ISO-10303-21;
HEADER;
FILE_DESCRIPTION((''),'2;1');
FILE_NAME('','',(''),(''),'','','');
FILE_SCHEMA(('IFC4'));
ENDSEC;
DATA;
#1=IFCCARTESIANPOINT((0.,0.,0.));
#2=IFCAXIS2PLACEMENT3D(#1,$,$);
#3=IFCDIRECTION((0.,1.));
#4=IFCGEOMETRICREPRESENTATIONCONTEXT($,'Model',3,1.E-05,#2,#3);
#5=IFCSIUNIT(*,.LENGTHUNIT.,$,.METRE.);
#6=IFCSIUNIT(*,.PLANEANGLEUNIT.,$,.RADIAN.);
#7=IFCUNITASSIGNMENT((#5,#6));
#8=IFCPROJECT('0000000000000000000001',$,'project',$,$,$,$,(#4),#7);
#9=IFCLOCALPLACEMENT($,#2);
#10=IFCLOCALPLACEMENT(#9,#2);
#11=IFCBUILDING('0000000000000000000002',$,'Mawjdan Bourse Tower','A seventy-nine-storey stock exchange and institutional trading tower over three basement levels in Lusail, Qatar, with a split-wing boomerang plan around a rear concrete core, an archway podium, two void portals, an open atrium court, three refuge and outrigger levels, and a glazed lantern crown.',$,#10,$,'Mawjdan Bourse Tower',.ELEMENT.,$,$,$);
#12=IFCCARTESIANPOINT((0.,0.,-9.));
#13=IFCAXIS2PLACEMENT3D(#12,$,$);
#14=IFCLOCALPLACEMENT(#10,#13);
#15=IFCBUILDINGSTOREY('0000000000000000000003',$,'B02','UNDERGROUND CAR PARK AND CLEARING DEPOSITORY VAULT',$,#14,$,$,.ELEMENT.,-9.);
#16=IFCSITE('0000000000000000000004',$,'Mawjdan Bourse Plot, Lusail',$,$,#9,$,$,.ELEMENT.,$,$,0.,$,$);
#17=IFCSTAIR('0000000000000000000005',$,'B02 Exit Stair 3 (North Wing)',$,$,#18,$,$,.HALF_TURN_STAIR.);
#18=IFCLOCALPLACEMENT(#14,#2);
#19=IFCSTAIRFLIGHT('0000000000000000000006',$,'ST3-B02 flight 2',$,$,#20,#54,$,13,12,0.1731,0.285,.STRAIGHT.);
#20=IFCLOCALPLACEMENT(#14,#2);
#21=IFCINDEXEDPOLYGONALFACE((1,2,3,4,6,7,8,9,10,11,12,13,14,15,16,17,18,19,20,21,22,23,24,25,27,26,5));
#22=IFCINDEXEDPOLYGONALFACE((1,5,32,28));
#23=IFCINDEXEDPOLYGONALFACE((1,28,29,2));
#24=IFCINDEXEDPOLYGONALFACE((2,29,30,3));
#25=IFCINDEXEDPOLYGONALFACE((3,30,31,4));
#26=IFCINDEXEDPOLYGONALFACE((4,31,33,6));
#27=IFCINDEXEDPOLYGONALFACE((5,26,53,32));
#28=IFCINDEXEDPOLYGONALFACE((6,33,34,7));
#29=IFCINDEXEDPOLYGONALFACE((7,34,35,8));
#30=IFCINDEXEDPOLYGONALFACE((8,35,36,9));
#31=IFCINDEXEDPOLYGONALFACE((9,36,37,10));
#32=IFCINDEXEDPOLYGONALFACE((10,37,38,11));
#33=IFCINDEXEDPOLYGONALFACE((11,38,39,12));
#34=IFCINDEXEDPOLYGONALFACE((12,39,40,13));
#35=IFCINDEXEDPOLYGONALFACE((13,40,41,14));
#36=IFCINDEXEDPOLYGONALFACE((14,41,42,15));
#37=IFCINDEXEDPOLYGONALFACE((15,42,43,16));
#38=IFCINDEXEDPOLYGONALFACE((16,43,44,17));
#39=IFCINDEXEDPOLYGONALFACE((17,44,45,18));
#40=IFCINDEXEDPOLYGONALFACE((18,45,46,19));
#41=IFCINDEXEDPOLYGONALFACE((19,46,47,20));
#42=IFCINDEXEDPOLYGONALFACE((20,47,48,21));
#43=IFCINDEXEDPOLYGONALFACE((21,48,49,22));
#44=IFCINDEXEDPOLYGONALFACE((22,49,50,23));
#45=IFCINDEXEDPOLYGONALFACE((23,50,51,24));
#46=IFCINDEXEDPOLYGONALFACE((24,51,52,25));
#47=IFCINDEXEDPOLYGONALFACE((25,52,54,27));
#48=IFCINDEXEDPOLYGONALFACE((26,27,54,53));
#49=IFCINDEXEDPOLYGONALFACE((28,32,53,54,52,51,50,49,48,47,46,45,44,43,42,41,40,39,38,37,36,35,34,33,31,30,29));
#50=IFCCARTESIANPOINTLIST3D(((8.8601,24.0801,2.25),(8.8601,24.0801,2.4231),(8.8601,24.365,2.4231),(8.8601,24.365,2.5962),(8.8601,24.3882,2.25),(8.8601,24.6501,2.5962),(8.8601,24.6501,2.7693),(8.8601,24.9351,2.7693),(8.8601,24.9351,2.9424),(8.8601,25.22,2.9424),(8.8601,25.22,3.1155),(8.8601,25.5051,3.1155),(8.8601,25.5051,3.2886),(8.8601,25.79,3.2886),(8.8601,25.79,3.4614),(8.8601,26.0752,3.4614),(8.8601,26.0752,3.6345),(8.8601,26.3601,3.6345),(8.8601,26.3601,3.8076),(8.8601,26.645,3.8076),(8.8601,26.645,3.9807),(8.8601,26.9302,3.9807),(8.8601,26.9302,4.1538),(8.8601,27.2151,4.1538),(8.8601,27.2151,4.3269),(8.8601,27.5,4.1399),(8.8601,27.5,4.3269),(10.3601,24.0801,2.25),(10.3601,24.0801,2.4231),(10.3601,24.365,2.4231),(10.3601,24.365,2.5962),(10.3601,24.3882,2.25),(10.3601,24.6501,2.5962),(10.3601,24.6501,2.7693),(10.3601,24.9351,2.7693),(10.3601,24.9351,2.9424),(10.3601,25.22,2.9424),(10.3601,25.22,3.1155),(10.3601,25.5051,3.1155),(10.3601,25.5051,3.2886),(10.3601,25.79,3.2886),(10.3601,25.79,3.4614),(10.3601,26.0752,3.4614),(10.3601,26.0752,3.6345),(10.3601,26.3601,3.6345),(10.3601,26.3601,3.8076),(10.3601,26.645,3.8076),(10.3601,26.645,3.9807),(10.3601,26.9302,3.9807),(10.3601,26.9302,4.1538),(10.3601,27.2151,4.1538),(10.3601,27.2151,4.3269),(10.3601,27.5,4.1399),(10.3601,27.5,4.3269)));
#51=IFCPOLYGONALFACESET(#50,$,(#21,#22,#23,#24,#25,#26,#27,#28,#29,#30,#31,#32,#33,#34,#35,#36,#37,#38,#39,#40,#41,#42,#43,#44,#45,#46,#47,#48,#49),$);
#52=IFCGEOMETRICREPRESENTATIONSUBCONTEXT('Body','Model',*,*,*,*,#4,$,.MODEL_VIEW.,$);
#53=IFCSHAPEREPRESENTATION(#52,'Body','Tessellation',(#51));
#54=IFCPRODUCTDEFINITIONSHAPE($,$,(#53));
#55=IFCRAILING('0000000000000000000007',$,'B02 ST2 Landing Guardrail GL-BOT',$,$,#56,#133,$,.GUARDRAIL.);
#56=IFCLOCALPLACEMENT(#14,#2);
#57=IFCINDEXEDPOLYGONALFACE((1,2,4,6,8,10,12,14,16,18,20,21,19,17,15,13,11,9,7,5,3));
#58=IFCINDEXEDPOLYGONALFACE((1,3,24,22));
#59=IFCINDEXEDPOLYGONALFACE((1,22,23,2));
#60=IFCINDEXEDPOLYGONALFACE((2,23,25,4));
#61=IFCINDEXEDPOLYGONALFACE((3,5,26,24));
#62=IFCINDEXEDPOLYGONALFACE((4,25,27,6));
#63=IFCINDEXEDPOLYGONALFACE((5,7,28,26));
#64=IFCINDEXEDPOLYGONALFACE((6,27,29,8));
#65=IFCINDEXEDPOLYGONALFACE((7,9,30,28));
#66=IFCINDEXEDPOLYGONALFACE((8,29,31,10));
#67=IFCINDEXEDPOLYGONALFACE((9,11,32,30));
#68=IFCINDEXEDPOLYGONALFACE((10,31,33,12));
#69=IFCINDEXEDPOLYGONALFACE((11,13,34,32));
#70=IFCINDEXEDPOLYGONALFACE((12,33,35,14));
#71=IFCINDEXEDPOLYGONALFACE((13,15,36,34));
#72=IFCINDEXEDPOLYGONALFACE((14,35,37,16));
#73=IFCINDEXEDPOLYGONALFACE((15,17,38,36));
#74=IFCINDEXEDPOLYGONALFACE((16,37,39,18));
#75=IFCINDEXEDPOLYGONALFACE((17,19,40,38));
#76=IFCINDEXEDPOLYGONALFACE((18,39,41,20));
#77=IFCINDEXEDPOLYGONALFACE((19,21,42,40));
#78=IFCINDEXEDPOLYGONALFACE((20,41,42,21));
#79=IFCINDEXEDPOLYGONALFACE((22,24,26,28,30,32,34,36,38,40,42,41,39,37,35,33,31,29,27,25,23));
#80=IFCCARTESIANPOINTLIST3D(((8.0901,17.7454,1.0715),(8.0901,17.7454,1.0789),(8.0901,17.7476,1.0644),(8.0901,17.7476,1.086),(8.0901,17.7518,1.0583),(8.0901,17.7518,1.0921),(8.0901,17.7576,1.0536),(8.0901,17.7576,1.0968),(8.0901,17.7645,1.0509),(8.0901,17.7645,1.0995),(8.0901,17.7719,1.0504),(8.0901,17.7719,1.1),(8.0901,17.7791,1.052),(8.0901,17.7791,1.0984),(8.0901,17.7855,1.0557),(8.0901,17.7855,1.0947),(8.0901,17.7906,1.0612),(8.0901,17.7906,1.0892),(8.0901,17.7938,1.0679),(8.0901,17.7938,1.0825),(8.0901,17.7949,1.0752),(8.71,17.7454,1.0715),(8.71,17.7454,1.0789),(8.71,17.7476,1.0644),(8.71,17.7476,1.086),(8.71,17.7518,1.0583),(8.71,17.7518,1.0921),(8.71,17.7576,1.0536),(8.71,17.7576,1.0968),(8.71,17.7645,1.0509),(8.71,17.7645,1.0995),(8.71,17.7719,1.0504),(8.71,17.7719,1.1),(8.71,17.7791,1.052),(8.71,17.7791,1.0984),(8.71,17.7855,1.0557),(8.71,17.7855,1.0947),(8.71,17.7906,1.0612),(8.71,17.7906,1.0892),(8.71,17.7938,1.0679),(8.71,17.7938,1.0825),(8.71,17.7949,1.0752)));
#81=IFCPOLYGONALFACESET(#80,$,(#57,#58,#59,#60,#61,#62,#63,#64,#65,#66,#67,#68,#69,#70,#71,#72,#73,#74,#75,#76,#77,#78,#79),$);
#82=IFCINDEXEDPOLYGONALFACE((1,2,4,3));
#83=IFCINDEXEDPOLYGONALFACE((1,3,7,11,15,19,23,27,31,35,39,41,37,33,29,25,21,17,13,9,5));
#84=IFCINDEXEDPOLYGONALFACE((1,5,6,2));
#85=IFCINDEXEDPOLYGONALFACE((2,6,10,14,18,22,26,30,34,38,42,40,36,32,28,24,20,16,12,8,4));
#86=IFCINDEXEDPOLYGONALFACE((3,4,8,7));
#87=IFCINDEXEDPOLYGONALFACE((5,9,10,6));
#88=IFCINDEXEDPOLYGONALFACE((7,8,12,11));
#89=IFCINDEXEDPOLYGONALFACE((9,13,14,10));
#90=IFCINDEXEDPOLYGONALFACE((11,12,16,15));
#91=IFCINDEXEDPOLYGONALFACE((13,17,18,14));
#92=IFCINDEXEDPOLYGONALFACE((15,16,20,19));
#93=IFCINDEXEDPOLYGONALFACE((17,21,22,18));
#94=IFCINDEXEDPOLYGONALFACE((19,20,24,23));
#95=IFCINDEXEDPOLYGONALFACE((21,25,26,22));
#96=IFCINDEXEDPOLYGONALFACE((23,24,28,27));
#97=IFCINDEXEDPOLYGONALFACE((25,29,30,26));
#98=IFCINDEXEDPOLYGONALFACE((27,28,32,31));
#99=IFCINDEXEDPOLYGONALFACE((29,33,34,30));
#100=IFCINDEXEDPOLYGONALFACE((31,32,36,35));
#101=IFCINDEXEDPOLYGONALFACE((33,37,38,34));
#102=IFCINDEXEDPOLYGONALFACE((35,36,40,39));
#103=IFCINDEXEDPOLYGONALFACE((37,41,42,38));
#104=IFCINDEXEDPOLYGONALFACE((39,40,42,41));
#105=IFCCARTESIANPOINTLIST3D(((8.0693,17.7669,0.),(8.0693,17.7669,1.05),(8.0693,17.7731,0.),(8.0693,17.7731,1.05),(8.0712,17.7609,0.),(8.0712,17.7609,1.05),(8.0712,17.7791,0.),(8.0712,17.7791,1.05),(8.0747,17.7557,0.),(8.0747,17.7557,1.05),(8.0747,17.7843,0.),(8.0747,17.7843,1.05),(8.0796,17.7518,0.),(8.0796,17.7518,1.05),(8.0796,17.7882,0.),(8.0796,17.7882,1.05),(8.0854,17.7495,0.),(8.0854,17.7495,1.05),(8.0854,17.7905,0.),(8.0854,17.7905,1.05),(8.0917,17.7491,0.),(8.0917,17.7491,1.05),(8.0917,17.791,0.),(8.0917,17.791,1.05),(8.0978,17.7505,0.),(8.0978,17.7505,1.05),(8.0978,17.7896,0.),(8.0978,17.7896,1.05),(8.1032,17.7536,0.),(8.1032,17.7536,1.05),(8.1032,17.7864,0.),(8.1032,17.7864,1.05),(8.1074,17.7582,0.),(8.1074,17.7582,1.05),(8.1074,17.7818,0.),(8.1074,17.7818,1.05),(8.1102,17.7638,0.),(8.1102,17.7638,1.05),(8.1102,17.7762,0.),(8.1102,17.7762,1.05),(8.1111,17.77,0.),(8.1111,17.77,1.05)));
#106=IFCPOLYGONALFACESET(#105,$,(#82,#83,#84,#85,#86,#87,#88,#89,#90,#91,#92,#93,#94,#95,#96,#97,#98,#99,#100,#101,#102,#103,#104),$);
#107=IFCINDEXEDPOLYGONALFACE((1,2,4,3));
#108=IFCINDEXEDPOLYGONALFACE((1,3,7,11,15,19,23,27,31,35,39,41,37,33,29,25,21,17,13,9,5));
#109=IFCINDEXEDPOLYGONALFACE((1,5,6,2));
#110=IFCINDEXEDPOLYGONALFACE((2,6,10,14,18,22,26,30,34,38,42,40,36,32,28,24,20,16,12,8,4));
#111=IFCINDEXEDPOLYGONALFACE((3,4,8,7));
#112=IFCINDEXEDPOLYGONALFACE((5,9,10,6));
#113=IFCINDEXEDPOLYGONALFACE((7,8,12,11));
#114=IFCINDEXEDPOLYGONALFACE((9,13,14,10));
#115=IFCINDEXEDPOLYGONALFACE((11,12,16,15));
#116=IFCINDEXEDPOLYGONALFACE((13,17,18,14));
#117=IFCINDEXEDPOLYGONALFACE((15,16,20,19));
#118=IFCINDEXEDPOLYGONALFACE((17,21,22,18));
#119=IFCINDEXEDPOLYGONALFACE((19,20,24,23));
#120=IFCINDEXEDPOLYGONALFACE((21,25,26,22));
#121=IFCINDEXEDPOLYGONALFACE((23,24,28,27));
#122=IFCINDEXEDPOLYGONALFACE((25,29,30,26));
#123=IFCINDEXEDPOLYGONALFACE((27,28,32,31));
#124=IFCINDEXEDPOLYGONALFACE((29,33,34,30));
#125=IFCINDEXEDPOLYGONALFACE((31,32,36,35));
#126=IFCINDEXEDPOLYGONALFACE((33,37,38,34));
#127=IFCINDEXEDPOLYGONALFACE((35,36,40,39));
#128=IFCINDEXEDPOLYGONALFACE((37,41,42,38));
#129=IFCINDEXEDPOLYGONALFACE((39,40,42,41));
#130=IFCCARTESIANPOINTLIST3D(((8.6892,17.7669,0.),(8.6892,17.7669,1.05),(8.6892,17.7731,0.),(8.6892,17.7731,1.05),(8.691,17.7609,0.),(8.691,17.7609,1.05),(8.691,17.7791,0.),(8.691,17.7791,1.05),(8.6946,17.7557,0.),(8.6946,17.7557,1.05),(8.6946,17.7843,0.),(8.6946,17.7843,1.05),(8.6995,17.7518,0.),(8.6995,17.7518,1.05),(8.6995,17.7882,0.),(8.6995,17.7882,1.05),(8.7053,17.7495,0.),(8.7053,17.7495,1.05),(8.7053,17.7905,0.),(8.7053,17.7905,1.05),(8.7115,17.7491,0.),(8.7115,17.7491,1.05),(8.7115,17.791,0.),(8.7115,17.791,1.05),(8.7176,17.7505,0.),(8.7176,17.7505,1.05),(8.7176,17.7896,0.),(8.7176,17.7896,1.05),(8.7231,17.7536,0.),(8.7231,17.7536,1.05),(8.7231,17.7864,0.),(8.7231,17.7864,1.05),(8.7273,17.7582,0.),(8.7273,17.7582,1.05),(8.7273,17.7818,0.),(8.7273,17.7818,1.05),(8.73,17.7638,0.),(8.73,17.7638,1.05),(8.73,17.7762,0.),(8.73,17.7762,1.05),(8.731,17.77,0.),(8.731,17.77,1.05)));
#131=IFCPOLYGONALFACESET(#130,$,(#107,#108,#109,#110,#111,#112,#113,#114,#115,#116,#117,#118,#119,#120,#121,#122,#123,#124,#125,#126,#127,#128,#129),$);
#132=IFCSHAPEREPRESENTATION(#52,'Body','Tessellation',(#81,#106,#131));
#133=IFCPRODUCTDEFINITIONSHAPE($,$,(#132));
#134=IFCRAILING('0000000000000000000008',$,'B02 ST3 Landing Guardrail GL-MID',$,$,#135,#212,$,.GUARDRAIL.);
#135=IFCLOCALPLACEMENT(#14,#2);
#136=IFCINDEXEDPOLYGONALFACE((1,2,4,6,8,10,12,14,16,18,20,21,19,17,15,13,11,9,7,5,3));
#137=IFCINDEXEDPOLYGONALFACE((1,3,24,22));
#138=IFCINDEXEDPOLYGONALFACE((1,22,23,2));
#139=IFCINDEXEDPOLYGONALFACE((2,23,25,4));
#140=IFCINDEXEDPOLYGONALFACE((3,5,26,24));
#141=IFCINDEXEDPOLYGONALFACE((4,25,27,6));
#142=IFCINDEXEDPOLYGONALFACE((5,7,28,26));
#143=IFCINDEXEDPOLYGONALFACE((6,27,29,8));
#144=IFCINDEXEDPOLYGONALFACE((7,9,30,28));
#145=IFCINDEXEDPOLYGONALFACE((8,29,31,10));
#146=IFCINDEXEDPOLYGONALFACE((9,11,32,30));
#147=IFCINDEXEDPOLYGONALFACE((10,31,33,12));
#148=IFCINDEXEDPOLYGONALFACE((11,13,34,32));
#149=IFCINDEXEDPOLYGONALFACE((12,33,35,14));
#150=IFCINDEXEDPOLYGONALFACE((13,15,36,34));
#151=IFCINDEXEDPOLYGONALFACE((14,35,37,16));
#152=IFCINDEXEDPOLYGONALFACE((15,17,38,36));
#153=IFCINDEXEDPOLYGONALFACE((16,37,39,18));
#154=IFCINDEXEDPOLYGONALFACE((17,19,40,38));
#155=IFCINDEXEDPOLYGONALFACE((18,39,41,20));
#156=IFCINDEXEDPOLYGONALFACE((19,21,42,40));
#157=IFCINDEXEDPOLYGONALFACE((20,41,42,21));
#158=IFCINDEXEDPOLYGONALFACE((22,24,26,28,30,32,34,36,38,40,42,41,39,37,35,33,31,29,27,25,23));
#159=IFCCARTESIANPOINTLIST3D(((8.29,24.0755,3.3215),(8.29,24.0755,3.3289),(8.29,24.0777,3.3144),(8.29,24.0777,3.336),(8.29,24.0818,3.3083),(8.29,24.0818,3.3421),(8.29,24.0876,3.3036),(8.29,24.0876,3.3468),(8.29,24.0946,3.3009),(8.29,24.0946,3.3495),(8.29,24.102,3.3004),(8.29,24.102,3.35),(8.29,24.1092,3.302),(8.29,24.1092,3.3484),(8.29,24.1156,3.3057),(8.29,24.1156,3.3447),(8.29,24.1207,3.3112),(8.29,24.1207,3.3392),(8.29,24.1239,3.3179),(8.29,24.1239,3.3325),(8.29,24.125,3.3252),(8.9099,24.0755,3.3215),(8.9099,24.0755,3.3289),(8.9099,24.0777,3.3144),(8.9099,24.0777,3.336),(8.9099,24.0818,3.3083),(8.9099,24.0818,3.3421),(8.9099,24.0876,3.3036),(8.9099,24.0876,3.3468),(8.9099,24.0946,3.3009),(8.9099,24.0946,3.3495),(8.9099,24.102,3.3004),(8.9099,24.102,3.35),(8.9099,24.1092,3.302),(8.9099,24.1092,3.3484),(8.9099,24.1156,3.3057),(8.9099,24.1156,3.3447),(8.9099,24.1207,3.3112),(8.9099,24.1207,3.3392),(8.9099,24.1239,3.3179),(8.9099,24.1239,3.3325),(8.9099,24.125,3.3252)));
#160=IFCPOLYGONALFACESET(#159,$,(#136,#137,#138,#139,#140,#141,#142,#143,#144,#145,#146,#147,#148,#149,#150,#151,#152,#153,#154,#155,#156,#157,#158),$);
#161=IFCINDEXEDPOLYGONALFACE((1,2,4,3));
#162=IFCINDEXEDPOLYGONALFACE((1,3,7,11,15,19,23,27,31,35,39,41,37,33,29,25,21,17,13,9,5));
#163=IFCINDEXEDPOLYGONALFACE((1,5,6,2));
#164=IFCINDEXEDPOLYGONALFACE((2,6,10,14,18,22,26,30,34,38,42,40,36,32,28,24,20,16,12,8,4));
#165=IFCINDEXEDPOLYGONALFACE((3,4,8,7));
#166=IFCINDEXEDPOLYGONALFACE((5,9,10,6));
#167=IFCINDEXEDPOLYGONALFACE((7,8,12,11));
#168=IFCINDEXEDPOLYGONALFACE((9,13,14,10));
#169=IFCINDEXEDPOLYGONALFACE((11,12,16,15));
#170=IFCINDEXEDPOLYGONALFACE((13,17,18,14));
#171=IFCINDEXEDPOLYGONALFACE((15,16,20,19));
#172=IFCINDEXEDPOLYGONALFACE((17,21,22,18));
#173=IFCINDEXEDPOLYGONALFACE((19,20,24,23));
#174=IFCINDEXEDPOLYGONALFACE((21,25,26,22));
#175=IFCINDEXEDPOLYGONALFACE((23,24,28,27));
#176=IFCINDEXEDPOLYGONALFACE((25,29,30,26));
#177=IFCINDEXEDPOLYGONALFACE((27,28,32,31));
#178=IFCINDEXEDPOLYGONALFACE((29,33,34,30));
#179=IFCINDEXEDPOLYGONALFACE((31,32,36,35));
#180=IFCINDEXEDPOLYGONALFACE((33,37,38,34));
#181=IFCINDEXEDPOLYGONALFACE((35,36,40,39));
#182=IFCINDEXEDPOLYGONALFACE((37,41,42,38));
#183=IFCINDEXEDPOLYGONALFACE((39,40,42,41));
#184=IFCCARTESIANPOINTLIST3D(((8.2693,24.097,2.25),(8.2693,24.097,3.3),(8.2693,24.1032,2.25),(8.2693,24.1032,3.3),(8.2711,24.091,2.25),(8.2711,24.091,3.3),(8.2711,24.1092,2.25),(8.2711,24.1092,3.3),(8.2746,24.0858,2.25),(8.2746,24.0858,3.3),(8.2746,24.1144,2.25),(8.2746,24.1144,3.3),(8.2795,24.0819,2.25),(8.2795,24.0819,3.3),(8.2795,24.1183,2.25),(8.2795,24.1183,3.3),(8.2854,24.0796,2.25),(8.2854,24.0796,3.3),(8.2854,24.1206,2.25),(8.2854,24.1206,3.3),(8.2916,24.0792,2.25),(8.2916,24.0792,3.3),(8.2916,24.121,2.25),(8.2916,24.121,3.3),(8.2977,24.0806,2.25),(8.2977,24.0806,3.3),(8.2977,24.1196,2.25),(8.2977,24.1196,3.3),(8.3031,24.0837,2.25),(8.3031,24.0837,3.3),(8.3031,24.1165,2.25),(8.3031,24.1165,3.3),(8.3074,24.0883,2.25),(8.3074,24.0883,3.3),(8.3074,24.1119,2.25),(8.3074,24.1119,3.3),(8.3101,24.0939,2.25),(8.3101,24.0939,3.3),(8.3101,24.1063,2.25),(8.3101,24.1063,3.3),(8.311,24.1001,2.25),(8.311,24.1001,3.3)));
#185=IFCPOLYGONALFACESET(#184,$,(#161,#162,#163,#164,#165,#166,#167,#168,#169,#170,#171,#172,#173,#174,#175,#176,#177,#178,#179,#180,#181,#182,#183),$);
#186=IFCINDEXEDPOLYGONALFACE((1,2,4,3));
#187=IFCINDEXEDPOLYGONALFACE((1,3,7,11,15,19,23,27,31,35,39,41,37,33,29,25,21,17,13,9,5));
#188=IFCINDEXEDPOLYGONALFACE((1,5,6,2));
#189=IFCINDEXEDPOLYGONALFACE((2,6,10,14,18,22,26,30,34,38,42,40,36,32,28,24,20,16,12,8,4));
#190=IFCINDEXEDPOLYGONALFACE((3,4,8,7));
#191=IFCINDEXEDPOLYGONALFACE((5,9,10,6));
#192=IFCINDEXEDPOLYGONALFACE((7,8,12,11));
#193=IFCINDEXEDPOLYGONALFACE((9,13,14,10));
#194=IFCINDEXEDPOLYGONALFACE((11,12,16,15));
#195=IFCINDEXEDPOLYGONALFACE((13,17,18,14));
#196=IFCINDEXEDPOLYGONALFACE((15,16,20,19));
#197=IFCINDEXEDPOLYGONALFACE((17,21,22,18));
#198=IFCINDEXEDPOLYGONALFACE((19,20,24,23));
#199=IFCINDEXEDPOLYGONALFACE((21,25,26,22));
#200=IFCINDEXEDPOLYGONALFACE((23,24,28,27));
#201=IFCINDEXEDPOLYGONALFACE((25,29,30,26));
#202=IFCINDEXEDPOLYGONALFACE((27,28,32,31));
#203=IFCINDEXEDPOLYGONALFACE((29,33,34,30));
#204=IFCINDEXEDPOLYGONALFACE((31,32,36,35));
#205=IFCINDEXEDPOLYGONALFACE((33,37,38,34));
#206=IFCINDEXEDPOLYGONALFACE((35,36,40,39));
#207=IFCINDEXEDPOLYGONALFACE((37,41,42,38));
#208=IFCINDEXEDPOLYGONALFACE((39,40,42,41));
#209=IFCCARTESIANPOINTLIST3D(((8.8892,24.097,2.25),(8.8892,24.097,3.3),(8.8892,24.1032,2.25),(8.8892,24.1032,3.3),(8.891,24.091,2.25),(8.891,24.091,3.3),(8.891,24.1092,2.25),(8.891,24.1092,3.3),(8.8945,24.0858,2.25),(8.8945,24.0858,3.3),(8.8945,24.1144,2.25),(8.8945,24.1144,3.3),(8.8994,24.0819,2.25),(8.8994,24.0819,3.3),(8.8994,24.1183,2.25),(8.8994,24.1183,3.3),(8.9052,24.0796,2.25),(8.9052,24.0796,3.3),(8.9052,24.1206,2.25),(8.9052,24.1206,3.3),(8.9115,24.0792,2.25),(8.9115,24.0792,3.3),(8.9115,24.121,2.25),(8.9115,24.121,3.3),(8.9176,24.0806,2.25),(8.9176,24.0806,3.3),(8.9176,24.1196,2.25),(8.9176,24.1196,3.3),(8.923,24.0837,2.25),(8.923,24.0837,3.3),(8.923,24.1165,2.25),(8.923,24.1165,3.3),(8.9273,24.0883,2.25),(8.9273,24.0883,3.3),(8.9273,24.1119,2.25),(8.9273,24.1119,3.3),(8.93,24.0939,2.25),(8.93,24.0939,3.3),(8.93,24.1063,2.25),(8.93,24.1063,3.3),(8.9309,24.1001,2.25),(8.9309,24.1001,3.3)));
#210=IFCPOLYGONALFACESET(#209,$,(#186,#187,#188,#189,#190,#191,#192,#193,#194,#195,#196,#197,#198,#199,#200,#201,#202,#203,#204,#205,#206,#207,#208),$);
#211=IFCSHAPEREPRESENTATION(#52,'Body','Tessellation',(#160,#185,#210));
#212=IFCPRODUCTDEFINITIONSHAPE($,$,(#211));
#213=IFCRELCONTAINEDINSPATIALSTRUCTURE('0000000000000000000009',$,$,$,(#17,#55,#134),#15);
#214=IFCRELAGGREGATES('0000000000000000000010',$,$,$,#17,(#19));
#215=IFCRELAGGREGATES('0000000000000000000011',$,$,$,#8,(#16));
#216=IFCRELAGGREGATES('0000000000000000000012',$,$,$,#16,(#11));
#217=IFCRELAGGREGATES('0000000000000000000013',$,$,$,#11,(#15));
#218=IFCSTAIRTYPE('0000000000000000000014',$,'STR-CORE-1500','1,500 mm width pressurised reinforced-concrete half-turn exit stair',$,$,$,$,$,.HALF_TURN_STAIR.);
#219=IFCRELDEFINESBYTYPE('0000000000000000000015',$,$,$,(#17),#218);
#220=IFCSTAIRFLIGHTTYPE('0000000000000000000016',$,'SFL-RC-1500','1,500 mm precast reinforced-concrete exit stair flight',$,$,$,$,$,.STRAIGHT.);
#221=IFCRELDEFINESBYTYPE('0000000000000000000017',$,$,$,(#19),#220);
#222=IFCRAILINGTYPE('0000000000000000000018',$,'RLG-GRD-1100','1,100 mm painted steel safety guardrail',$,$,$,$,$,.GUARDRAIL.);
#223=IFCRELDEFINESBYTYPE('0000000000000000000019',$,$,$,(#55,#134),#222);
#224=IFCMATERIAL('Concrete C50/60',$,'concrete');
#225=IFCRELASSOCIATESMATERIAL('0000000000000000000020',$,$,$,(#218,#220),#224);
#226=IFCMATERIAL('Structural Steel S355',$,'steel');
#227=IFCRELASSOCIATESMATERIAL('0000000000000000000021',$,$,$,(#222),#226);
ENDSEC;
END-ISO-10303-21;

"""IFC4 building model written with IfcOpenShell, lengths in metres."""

from ifc_helpers import new_model, si_unit, direction, frame, origin, origin_2d, place, context, subcontext, project, spatial, polyline, circle, outline, extrude, material, type_object, element, aggregate, save


model = new_model("IFC4")

# Units and contexts
model_context = context("Model", 3, precision=1e-05, world=origin(), true_north=direction((0.0, 1.0)))
body_context = subcontext(model_context, "Body", "Model", "MODEL_VIEW")
ifc_project = project(units=[si_unit("LENGTHUNIT", "METRE"), si_unit("PLANEANGLEUNIT", "RADIAN")], contexts=[model_context])

# Site, building, storey
site_placement = place(None, origin())
site = spatial("IfcSite", under=ifc_project, at=site_placement, Name="Mawjdan Bourse Plot, Lusail", CompositionType="ELEMENT", RefElevation=0.0)
building_placement = place(site_placement, origin())
building = spatial("IfcBuilding", under=site, at=building_placement, Name="Mawjdan Bourse Tower", Description="A seventy-nine-storey stock exchange and institutional trading tower over three basement levels in Lusail, Qatar, with a split-wing boomerang plan around a rear concrete core, an archway podium, two void portals, an open atrium court, three refuge and outrigger levels, and a glazed lantern crown.", LongName="Mawjdan Bourse Tower", CompositionType="ELEMENT")
storey_placement = place(building_placement, frame((0.0, 0.0, -9.0)))
storey = spatial("IfcBuildingStorey", under=building, at=storey_placement, Name="B02", Description="UNDERGROUND CAR PARK AND CLEARING DEPOSITORY VAULT", CompositionType="ELEMENT", Elevation=-9.0)

# Shared definitions
ifc_material_1 = material(Name="Concrete C50/60", Category="concrete")

# Stair, stair flight
stair_type = type_object("IfcStairType", Name="STR-CORE-1500", Description="1,500 mm width pressurised reinforced-concrete half-turn exit stair", PredefinedType="HALF_TURN_STAIR", material=ifc_material_1)
stair_placement = place(storey_placement, origin())
stair = element("IfcStair", 1, at=stair_placement, inside=storey, type_object=stair_type, Name="B02 Exit Stair 3 (North Wing)", PredefinedType="HALF_TURN_STAIR")
stair_flight_type = type_object("IfcStairFlightType", Name="SFL-RC-1500", Description="1,500 mm precast reinforced-concrete exit stair flight", PredefinedType="STRAIGHT", material=ifc_material_1)
stair_flight_1_placement = place(storey_placement, frame((9.6101, 24.0801, 2.25), z_axis=(0.0, 0.0, 1.0), x_axis=(0.0, 1.0, 0.0)))
stair_flight_1 = element("IfcStairFlight", 2, at=stair_flight_1_placement, type_object=stair_flight_type, Name="ST3-B02 flight 2", NumberOfRisers=13, NumberOfTreads=12, PredefinedType="STRAIGHT", RiserHeight=0.1731, TreadLength=0.285, context=body_context, shape_type="SweptSolid", body=[
    extrude(outline(polyline([(0.0, 0.0), (0.0, 0.1731), (0.2849, 0.1731), (0.2849, 0.3462), (0.5701, 0.3462), (0.5701, 0.5193), (0.855, 0.5193), (0.855, 0.6924), (1.1399, 0.6924), (1.1399, 0.8655), (1.425, 0.8655), (1.425, 1.0386), (1.71, 1.0386), (1.71, 1.2114), (1.9951, 1.2114), (1.9951, 1.3845), (2.28, 1.3845), (2.28, 1.5576), (2.5649, 1.5576), (2.5649, 1.7307), (2.8501, 1.7307), (2.8501, 1.9038), (3.135, 1.9038), (3.135, 2.0769), (3.4199, 2.0769), (3.4199, 2.25), (3.4199, 1.8899), (0.3081, 0.0), (0.0, 0.0)])), frame((0.0, 0.75, 0.0), z_axis=(0.0, -1.0, 0.0), x_axis=(1.0, 0.0, 0.0)), (0.0, 0.0, 1.0), 1.5),
])
aggregate(stair, [stair_flight_1])

# Railings
ifc_material_2 = material(Name="Structural Steel S355", Category="steel")
railing_type_1 = type_object("IfcRailingType", Name="RLG-GRD-1100", Description="1,100 mm painted steel safety guardrail", PredefinedType="GUARDRAIL", material=ifc_material_2)
for number, where, name in (
    (3, (8.0901, 17.77, 0.0), "B02 ST2 Landing Guardrail GL-BOT"),
    (4, (8.29, 24.1001, 2.25), "B02 ST3 Landing Guardrail GL-MID"),
):
    element("IfcRailing", number, at=place(storey_placement, frame(where)), inside=storey, type_object=railing_type_1, Name=name, PredefinedType="GUARDRAIL", context=body_context, shape_type="SweptSolid", body=[
        extrude(circle(Radius=0.0249, at=origin_2d()), frame((0.0, 0.0, 1.0752), z_axis=(1.0, 0.0, 0.0), x_axis=(0.0, 1.0, 0.0)), (0.0, 0.0, 1.0), 0.6199),
        extrude(circle(Radius=0.021, at=origin_2d()), origin(), (0.0, 0.0, 1.0), 1.05),
        extrude(circle(Radius=0.021, at=origin_2d()), frame((0.6199, 0.0, 0.0)), (0.0, 0.0, 1.0), 1.05),
    ])

save(model, "model.ifc")
